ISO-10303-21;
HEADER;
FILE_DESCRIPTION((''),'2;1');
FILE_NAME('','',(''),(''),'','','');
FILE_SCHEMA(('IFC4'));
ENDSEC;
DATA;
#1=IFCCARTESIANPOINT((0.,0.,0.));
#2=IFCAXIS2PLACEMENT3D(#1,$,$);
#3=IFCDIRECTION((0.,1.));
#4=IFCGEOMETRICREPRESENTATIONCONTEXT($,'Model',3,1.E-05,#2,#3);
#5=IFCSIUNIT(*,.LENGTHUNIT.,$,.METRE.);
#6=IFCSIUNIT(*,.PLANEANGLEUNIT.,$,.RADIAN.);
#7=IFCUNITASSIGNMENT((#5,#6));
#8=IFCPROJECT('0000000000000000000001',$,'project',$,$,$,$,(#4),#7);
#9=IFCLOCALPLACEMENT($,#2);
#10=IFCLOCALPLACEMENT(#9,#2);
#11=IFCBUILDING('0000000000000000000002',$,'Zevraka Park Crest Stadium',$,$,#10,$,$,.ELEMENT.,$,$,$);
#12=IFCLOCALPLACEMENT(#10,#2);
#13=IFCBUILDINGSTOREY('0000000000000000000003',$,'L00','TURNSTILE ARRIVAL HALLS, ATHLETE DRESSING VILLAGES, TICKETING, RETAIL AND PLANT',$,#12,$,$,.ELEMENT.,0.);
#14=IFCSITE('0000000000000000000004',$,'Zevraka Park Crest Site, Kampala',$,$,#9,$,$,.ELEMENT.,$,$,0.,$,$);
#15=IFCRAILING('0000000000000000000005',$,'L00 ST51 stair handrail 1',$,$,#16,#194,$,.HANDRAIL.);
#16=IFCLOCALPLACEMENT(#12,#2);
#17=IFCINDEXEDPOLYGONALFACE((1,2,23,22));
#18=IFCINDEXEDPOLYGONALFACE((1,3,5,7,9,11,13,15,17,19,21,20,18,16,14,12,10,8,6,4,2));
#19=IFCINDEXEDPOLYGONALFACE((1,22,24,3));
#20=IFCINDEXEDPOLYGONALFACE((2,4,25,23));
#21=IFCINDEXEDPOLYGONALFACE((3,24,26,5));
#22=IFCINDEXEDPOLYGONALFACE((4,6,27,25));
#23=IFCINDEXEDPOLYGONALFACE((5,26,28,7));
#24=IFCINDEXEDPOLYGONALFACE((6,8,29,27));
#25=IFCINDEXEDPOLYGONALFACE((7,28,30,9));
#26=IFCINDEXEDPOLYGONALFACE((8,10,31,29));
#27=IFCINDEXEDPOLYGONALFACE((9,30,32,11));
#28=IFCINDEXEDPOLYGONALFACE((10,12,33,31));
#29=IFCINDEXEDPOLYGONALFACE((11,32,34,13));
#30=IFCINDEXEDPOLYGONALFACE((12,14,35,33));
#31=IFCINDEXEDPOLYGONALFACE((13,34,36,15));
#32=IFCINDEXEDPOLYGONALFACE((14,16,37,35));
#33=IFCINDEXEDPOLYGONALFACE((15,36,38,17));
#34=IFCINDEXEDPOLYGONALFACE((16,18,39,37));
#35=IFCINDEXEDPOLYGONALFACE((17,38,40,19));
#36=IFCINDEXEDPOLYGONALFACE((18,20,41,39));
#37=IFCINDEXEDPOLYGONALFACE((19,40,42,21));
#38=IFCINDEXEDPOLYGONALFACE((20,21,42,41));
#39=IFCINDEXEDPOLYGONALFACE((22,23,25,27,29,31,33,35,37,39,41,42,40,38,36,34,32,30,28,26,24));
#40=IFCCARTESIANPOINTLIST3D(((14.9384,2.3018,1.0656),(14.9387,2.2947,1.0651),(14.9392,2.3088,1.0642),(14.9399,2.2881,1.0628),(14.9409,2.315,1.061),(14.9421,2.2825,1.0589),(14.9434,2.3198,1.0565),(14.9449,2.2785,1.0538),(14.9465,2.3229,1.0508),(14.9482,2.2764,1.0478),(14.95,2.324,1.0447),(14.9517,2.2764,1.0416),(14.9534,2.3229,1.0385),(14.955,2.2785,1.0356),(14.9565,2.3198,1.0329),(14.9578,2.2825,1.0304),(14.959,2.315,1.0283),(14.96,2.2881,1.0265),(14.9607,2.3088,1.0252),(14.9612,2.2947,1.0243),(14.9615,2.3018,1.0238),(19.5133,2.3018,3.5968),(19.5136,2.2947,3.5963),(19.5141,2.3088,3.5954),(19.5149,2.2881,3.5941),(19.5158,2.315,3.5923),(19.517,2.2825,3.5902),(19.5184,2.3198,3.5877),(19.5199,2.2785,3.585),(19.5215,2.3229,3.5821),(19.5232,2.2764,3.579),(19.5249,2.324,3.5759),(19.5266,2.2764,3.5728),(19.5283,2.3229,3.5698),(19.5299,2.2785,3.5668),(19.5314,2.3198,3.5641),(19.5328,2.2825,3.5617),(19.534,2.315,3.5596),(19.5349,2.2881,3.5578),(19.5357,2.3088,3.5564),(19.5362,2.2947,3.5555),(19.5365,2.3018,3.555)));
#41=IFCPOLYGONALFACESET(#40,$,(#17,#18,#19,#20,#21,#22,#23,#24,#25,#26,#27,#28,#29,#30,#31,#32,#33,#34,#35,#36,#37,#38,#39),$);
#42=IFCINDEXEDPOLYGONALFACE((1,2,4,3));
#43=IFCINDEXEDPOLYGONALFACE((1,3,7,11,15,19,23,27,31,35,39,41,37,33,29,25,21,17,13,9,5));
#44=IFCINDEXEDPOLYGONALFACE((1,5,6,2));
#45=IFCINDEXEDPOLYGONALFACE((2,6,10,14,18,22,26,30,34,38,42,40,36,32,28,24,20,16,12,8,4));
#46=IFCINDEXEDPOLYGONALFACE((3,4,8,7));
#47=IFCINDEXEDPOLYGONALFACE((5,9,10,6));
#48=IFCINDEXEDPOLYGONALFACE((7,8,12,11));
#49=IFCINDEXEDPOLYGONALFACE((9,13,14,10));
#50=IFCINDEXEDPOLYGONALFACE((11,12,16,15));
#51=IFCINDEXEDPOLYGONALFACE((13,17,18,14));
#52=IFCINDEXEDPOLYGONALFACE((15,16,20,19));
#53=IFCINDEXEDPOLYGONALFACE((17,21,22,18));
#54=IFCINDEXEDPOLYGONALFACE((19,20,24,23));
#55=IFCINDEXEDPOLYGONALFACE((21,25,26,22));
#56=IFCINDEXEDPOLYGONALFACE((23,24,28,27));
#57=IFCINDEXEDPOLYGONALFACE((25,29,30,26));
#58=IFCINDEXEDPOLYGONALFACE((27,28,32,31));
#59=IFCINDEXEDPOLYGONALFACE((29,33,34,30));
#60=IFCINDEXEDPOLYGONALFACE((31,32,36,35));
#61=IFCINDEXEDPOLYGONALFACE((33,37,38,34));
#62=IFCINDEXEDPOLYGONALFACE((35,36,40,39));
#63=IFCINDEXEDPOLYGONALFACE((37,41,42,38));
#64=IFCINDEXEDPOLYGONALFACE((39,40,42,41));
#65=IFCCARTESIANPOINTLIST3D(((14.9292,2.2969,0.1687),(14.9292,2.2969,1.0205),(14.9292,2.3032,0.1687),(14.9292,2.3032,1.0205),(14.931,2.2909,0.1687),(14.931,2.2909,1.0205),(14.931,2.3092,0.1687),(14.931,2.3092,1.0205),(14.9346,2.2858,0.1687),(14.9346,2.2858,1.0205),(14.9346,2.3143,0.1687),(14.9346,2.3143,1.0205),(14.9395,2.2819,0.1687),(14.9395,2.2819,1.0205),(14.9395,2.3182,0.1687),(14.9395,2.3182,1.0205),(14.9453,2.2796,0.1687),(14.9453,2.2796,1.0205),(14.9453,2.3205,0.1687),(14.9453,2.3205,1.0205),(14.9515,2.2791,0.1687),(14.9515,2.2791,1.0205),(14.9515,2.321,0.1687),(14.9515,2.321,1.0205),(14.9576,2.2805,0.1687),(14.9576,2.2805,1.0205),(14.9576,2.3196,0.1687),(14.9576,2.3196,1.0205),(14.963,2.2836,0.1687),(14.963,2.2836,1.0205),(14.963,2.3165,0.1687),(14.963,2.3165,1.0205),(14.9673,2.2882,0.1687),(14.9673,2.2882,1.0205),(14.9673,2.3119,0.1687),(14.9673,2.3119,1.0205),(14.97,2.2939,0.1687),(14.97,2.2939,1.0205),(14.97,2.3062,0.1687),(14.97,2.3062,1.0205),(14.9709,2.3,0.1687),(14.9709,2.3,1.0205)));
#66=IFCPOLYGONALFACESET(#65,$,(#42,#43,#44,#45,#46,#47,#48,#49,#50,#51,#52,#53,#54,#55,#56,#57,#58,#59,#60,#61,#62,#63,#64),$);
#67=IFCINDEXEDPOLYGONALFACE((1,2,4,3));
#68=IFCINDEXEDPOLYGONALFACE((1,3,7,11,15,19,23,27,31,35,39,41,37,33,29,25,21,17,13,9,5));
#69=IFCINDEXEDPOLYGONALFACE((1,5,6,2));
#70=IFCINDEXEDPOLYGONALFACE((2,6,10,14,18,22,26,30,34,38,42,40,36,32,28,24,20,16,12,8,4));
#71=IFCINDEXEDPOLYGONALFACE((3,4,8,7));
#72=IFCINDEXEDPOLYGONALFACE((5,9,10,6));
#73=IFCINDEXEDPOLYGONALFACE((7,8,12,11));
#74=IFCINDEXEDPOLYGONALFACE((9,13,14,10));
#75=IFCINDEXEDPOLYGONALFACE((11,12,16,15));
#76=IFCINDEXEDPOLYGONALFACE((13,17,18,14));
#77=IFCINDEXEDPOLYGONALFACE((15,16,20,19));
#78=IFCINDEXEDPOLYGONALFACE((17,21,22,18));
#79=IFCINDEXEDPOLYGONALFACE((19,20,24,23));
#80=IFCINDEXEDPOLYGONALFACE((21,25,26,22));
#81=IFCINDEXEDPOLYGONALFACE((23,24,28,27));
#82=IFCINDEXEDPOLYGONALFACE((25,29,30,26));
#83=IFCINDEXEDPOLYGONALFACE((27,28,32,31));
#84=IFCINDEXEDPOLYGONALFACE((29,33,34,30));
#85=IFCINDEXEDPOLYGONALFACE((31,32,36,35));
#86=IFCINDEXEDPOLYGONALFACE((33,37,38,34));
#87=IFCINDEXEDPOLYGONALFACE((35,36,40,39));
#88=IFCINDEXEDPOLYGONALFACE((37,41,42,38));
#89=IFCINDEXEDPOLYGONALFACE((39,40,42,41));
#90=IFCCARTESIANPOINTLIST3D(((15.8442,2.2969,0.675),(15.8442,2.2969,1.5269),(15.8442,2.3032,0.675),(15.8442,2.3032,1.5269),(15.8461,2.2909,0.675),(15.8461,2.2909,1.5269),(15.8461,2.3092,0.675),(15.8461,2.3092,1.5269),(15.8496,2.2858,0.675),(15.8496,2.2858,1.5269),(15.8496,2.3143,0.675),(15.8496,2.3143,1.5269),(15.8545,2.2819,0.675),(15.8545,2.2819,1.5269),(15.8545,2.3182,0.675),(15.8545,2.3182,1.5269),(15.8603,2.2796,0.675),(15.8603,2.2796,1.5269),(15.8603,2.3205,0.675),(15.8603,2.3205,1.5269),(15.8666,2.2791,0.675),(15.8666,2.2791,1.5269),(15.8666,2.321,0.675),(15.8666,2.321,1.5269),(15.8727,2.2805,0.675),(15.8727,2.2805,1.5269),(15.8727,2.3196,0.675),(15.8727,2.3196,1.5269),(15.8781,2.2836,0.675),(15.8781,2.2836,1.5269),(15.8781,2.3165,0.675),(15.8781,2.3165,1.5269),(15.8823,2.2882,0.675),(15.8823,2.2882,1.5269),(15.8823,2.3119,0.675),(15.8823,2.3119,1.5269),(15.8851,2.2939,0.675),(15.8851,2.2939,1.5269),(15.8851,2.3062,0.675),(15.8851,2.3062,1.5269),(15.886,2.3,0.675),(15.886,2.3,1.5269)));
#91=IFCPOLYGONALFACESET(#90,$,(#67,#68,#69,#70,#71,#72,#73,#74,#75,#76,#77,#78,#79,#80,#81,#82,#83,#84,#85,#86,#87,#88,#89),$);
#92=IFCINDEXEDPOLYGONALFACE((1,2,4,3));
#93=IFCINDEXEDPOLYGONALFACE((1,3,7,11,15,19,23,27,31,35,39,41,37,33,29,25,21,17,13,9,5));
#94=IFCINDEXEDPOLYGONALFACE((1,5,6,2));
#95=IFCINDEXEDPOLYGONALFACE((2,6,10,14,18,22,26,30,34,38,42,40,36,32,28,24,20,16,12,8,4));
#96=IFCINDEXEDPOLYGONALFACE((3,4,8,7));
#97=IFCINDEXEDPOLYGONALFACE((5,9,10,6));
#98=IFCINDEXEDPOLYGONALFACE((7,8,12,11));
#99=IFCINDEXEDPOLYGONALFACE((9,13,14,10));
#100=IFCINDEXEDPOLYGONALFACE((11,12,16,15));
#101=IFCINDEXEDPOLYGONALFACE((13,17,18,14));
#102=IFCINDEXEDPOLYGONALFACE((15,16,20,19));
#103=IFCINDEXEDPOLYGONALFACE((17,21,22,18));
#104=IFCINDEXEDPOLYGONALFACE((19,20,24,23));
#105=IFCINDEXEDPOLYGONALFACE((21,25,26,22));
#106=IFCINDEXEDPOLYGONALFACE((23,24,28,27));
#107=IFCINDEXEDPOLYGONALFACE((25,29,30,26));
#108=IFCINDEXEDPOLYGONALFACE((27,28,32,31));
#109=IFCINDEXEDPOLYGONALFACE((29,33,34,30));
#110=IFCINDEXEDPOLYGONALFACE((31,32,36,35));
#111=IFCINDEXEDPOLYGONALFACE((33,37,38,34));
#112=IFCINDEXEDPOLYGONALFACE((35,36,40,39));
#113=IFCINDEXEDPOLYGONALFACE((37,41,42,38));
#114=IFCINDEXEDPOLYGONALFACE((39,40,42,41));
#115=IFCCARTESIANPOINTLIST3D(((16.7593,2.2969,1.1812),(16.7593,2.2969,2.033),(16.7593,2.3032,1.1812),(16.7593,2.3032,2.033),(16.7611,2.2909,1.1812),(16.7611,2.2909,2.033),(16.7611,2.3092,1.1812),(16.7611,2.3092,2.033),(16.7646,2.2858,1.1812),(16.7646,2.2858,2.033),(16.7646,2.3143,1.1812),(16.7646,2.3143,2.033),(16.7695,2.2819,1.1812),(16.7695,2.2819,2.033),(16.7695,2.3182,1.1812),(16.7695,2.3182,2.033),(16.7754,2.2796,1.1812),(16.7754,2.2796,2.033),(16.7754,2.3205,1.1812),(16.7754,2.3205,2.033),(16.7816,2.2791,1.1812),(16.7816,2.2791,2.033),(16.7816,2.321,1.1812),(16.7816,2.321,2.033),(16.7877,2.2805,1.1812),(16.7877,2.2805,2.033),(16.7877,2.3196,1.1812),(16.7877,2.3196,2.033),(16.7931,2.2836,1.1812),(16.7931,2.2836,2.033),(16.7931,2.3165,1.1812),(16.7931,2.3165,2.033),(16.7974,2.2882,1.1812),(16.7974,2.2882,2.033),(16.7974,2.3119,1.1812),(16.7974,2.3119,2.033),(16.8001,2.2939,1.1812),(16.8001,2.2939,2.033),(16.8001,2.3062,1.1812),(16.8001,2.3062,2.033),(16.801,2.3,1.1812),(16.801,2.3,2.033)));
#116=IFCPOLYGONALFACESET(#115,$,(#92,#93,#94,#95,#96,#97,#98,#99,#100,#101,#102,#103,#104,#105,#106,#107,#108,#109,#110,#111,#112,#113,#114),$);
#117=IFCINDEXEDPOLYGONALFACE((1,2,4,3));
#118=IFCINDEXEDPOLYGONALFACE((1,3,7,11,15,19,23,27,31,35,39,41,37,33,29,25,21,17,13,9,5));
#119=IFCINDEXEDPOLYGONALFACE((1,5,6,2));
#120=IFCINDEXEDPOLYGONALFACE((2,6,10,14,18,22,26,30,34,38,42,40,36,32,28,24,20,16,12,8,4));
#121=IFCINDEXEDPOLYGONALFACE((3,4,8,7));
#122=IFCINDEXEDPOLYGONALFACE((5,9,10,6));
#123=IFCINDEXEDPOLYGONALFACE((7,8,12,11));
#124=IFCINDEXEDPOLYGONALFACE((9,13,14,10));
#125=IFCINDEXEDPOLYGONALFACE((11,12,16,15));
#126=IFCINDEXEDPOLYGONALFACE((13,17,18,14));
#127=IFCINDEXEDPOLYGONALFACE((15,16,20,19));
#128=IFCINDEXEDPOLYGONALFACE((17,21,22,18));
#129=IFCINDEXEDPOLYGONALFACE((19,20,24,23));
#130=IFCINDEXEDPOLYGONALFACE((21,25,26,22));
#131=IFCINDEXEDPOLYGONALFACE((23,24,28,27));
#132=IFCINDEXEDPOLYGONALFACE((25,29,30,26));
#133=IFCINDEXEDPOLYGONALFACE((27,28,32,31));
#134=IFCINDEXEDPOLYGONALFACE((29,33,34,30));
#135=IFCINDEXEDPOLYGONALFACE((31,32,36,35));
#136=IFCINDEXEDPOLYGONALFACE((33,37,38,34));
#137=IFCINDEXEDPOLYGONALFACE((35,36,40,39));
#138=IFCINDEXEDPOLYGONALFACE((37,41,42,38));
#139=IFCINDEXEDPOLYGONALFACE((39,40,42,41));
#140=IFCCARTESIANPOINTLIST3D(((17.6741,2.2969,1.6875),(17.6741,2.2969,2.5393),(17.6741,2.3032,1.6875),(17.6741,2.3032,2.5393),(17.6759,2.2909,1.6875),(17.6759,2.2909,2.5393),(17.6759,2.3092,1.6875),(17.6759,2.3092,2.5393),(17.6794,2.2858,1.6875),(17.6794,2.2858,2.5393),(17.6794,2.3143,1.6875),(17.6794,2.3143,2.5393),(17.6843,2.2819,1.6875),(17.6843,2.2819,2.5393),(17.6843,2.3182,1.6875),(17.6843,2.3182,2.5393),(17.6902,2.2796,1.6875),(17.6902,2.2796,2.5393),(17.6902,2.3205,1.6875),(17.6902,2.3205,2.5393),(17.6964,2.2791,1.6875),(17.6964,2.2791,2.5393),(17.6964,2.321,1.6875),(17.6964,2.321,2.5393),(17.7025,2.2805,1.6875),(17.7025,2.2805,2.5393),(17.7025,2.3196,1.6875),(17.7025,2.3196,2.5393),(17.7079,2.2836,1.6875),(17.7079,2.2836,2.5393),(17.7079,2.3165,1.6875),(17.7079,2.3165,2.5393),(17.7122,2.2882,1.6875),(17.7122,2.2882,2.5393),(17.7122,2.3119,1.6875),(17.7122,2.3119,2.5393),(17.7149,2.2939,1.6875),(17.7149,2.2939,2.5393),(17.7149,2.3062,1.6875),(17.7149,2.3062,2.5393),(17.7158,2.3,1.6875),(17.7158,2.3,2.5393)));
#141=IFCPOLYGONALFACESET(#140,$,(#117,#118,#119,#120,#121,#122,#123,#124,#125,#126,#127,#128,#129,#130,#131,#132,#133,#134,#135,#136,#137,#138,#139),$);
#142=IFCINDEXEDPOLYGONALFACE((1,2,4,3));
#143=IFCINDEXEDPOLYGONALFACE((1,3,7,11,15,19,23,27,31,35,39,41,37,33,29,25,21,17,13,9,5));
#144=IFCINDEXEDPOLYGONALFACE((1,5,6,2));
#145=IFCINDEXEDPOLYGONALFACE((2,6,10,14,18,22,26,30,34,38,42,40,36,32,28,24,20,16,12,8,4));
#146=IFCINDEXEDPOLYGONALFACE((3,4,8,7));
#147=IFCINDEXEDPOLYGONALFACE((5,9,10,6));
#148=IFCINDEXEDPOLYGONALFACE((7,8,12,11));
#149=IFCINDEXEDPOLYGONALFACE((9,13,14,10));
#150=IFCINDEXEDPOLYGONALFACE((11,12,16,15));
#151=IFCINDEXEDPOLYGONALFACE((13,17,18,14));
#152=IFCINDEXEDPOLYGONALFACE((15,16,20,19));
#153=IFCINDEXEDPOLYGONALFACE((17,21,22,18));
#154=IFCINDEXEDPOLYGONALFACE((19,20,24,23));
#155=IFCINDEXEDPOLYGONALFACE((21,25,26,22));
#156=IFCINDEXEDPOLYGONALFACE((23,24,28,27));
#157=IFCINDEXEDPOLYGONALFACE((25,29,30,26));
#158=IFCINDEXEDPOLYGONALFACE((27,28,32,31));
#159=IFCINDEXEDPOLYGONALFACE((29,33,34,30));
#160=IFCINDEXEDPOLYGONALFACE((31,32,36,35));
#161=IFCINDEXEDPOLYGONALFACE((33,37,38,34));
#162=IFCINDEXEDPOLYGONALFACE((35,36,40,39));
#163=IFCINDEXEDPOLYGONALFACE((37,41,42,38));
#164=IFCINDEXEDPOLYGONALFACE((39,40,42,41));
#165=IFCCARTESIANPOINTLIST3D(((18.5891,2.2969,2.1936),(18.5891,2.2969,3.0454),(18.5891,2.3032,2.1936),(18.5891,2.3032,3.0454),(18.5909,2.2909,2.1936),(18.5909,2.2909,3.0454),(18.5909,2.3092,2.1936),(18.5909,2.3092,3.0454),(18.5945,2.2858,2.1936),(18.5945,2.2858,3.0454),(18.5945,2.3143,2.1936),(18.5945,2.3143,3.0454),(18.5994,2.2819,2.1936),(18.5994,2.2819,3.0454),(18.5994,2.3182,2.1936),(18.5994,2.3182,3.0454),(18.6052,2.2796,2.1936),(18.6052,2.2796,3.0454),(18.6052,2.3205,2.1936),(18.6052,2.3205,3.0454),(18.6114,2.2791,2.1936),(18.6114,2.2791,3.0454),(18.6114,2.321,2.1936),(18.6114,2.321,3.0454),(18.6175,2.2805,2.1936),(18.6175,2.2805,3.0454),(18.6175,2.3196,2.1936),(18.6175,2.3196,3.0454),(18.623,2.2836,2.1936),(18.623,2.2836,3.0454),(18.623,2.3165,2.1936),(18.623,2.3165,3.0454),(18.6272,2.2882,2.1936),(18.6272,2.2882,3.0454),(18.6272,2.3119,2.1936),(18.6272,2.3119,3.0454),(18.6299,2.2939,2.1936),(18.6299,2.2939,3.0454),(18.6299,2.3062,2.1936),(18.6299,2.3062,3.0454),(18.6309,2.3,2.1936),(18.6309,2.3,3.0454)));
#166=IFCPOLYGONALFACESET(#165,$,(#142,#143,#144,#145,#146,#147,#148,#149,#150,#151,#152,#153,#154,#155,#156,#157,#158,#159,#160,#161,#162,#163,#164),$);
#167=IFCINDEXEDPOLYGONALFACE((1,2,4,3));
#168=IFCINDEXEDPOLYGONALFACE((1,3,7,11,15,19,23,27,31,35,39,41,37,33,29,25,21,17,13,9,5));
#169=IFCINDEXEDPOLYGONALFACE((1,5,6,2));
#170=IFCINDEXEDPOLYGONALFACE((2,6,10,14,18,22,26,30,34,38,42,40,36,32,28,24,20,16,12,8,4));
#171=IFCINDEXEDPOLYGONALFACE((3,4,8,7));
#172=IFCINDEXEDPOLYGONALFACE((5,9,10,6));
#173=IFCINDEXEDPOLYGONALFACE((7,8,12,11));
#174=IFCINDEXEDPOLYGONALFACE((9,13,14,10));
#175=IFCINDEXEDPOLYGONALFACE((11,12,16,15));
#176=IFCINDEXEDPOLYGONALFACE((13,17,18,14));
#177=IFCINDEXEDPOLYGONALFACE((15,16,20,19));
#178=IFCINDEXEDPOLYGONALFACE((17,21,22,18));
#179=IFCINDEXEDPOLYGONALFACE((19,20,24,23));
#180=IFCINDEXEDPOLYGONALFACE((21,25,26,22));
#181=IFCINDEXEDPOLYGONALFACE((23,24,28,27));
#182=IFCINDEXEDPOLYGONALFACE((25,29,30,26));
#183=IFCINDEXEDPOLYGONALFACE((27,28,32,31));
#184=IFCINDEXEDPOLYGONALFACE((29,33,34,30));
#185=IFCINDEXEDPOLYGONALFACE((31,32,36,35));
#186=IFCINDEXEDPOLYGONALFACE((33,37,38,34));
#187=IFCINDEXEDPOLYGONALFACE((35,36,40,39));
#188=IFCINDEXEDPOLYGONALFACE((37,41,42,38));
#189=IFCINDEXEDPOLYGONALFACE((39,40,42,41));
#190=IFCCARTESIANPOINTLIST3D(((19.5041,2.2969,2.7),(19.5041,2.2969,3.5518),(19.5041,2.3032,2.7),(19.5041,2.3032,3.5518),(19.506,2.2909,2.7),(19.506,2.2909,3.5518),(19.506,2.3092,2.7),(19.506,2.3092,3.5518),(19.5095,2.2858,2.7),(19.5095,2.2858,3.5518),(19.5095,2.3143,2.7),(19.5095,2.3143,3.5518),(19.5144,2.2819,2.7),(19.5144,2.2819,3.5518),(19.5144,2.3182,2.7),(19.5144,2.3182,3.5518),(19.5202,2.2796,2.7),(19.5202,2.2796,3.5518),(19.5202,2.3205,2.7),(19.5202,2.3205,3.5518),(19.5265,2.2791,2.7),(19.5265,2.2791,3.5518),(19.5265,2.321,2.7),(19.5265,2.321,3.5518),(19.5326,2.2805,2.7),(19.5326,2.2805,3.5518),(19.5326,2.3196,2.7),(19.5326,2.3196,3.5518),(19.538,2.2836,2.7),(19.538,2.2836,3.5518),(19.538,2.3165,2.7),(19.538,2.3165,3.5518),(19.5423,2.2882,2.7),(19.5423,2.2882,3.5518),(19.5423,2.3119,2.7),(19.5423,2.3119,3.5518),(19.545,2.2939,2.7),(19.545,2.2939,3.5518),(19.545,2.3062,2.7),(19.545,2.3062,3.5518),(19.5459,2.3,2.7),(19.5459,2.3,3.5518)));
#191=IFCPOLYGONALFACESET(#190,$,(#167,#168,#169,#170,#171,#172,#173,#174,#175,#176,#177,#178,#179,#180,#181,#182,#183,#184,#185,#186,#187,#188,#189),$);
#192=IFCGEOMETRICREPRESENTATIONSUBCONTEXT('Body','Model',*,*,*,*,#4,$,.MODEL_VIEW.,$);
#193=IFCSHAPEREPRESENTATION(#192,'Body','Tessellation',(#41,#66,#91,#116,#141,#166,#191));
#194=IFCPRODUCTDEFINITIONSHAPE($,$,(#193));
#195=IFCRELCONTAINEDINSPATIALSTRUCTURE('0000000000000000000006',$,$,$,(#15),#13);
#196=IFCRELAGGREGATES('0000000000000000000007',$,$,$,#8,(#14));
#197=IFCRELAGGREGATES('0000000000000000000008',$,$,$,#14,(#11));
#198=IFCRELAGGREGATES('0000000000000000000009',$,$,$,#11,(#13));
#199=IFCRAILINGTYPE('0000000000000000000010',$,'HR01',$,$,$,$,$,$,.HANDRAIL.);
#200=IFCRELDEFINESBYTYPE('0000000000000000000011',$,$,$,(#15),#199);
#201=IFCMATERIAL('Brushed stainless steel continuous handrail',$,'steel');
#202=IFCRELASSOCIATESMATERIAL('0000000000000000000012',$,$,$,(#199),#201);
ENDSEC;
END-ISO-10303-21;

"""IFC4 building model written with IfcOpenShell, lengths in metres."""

from ifc_helpers import new_model, si_unit, direction, frame, origin, origin_2d, place, context, subcontext, project, spatial, circle, extrude, material, type_object, element, save


model = new_model("IFC4")

# Units and contexts
model_context = context("Model", 3, precision=1e-05, world=origin(), true_north=direction((0.0, 1.0)))
body_context = subcontext(model_context, "Body", "Model", "MODEL_VIEW")
ifc_project = project(units=[si_unit("LENGTHUNIT", "METRE"), si_unit("PLANEANGLEUNIT", "RADIAN")], contexts=[model_context])

# Site, building, storey
site_placement = place(None, origin())
site = spatial("IfcSite", under=ifc_project, at=site_placement, Name="Zevraka Park Crest Site, Kampala", CompositionType="ELEMENT", RefElevation=0.0)
building_placement = place(site_placement, origin())
building = spatial("IfcBuilding", under=site, at=building_placement, Name="Zevraka Park Crest Stadium", CompositionType="ELEMENT")
storey_placement = place(building_placement, origin())
storey = spatial("IfcBuildingStorey", under=building, at=storey_placement, Name="L00", Description="TURNSTILE ARRIVAL HALLS, ATHLETE DRESSING VILLAGES, TICKETING, RETAIL AND PLANT", CompositionType="ELEMENT", Elevation=0.0)

# Railing
ifc_material_1 = material(Name="Brushed stainless steel continuous handrail", Category="steel")
railing_type_1 = type_object("IfcRailingType", Name="HR01", PredefinedType="HANDRAIL", material=ifc_material_1)
railing_1_placement = place(storey_placement, frame((14.95, 2.3, 0.1687)))
element("IfcRailing", 1, at=railing_1_placement, inside=storey, type_object=railing_type_1, Name="L00 ST51 stair handrail 1", PredefinedType="HANDRAIL", context=body_context, shape_type="SweptSolid", body=[
    extrude(circle(Radius=0.0239, at=origin_2d()), frame((0.0, 0.0, 0.876), z_axis=(0.875, 0.0, 0.484124), x_axis=(0.0, 1.0, 0.0)), (0.0, 0.0, 1.0), 5.2285),
    extrude(circle(Radius=0.021, at=origin_2d()), origin(), (0.0, 0.0, 1.0), 0.8518),
    extrude(circle(Radius=0.021, at=origin_2d()), frame((0.915, 0.0, 0.5063)), (0.0, 0.0, 1.0), 0.8518),
    extrude(circle(Radius=0.021, at=origin_2d()), frame((1.8301, 0.0, 1.0125)), (0.0, 0.0, 1.0), 0.8518),
    extrude(circle(Radius=0.021, at=origin_2d()), frame((2.7449, 0.0, 1.5188)), (0.0, 0.0, 1.0), 0.8518),
    extrude(circle(Radius=0.021, at=origin_2d()), frame((3.6599, 0.0, 2.0249)), (0.0, 0.0, 1.0), 0.8518),
    extrude(circle(Radius=0.021, at=origin_2d()), frame((4.575, 0.0, 2.5312)), (0.0, 0.0, 1.0), 0.8518),
])

save(model, "model.ifc")
